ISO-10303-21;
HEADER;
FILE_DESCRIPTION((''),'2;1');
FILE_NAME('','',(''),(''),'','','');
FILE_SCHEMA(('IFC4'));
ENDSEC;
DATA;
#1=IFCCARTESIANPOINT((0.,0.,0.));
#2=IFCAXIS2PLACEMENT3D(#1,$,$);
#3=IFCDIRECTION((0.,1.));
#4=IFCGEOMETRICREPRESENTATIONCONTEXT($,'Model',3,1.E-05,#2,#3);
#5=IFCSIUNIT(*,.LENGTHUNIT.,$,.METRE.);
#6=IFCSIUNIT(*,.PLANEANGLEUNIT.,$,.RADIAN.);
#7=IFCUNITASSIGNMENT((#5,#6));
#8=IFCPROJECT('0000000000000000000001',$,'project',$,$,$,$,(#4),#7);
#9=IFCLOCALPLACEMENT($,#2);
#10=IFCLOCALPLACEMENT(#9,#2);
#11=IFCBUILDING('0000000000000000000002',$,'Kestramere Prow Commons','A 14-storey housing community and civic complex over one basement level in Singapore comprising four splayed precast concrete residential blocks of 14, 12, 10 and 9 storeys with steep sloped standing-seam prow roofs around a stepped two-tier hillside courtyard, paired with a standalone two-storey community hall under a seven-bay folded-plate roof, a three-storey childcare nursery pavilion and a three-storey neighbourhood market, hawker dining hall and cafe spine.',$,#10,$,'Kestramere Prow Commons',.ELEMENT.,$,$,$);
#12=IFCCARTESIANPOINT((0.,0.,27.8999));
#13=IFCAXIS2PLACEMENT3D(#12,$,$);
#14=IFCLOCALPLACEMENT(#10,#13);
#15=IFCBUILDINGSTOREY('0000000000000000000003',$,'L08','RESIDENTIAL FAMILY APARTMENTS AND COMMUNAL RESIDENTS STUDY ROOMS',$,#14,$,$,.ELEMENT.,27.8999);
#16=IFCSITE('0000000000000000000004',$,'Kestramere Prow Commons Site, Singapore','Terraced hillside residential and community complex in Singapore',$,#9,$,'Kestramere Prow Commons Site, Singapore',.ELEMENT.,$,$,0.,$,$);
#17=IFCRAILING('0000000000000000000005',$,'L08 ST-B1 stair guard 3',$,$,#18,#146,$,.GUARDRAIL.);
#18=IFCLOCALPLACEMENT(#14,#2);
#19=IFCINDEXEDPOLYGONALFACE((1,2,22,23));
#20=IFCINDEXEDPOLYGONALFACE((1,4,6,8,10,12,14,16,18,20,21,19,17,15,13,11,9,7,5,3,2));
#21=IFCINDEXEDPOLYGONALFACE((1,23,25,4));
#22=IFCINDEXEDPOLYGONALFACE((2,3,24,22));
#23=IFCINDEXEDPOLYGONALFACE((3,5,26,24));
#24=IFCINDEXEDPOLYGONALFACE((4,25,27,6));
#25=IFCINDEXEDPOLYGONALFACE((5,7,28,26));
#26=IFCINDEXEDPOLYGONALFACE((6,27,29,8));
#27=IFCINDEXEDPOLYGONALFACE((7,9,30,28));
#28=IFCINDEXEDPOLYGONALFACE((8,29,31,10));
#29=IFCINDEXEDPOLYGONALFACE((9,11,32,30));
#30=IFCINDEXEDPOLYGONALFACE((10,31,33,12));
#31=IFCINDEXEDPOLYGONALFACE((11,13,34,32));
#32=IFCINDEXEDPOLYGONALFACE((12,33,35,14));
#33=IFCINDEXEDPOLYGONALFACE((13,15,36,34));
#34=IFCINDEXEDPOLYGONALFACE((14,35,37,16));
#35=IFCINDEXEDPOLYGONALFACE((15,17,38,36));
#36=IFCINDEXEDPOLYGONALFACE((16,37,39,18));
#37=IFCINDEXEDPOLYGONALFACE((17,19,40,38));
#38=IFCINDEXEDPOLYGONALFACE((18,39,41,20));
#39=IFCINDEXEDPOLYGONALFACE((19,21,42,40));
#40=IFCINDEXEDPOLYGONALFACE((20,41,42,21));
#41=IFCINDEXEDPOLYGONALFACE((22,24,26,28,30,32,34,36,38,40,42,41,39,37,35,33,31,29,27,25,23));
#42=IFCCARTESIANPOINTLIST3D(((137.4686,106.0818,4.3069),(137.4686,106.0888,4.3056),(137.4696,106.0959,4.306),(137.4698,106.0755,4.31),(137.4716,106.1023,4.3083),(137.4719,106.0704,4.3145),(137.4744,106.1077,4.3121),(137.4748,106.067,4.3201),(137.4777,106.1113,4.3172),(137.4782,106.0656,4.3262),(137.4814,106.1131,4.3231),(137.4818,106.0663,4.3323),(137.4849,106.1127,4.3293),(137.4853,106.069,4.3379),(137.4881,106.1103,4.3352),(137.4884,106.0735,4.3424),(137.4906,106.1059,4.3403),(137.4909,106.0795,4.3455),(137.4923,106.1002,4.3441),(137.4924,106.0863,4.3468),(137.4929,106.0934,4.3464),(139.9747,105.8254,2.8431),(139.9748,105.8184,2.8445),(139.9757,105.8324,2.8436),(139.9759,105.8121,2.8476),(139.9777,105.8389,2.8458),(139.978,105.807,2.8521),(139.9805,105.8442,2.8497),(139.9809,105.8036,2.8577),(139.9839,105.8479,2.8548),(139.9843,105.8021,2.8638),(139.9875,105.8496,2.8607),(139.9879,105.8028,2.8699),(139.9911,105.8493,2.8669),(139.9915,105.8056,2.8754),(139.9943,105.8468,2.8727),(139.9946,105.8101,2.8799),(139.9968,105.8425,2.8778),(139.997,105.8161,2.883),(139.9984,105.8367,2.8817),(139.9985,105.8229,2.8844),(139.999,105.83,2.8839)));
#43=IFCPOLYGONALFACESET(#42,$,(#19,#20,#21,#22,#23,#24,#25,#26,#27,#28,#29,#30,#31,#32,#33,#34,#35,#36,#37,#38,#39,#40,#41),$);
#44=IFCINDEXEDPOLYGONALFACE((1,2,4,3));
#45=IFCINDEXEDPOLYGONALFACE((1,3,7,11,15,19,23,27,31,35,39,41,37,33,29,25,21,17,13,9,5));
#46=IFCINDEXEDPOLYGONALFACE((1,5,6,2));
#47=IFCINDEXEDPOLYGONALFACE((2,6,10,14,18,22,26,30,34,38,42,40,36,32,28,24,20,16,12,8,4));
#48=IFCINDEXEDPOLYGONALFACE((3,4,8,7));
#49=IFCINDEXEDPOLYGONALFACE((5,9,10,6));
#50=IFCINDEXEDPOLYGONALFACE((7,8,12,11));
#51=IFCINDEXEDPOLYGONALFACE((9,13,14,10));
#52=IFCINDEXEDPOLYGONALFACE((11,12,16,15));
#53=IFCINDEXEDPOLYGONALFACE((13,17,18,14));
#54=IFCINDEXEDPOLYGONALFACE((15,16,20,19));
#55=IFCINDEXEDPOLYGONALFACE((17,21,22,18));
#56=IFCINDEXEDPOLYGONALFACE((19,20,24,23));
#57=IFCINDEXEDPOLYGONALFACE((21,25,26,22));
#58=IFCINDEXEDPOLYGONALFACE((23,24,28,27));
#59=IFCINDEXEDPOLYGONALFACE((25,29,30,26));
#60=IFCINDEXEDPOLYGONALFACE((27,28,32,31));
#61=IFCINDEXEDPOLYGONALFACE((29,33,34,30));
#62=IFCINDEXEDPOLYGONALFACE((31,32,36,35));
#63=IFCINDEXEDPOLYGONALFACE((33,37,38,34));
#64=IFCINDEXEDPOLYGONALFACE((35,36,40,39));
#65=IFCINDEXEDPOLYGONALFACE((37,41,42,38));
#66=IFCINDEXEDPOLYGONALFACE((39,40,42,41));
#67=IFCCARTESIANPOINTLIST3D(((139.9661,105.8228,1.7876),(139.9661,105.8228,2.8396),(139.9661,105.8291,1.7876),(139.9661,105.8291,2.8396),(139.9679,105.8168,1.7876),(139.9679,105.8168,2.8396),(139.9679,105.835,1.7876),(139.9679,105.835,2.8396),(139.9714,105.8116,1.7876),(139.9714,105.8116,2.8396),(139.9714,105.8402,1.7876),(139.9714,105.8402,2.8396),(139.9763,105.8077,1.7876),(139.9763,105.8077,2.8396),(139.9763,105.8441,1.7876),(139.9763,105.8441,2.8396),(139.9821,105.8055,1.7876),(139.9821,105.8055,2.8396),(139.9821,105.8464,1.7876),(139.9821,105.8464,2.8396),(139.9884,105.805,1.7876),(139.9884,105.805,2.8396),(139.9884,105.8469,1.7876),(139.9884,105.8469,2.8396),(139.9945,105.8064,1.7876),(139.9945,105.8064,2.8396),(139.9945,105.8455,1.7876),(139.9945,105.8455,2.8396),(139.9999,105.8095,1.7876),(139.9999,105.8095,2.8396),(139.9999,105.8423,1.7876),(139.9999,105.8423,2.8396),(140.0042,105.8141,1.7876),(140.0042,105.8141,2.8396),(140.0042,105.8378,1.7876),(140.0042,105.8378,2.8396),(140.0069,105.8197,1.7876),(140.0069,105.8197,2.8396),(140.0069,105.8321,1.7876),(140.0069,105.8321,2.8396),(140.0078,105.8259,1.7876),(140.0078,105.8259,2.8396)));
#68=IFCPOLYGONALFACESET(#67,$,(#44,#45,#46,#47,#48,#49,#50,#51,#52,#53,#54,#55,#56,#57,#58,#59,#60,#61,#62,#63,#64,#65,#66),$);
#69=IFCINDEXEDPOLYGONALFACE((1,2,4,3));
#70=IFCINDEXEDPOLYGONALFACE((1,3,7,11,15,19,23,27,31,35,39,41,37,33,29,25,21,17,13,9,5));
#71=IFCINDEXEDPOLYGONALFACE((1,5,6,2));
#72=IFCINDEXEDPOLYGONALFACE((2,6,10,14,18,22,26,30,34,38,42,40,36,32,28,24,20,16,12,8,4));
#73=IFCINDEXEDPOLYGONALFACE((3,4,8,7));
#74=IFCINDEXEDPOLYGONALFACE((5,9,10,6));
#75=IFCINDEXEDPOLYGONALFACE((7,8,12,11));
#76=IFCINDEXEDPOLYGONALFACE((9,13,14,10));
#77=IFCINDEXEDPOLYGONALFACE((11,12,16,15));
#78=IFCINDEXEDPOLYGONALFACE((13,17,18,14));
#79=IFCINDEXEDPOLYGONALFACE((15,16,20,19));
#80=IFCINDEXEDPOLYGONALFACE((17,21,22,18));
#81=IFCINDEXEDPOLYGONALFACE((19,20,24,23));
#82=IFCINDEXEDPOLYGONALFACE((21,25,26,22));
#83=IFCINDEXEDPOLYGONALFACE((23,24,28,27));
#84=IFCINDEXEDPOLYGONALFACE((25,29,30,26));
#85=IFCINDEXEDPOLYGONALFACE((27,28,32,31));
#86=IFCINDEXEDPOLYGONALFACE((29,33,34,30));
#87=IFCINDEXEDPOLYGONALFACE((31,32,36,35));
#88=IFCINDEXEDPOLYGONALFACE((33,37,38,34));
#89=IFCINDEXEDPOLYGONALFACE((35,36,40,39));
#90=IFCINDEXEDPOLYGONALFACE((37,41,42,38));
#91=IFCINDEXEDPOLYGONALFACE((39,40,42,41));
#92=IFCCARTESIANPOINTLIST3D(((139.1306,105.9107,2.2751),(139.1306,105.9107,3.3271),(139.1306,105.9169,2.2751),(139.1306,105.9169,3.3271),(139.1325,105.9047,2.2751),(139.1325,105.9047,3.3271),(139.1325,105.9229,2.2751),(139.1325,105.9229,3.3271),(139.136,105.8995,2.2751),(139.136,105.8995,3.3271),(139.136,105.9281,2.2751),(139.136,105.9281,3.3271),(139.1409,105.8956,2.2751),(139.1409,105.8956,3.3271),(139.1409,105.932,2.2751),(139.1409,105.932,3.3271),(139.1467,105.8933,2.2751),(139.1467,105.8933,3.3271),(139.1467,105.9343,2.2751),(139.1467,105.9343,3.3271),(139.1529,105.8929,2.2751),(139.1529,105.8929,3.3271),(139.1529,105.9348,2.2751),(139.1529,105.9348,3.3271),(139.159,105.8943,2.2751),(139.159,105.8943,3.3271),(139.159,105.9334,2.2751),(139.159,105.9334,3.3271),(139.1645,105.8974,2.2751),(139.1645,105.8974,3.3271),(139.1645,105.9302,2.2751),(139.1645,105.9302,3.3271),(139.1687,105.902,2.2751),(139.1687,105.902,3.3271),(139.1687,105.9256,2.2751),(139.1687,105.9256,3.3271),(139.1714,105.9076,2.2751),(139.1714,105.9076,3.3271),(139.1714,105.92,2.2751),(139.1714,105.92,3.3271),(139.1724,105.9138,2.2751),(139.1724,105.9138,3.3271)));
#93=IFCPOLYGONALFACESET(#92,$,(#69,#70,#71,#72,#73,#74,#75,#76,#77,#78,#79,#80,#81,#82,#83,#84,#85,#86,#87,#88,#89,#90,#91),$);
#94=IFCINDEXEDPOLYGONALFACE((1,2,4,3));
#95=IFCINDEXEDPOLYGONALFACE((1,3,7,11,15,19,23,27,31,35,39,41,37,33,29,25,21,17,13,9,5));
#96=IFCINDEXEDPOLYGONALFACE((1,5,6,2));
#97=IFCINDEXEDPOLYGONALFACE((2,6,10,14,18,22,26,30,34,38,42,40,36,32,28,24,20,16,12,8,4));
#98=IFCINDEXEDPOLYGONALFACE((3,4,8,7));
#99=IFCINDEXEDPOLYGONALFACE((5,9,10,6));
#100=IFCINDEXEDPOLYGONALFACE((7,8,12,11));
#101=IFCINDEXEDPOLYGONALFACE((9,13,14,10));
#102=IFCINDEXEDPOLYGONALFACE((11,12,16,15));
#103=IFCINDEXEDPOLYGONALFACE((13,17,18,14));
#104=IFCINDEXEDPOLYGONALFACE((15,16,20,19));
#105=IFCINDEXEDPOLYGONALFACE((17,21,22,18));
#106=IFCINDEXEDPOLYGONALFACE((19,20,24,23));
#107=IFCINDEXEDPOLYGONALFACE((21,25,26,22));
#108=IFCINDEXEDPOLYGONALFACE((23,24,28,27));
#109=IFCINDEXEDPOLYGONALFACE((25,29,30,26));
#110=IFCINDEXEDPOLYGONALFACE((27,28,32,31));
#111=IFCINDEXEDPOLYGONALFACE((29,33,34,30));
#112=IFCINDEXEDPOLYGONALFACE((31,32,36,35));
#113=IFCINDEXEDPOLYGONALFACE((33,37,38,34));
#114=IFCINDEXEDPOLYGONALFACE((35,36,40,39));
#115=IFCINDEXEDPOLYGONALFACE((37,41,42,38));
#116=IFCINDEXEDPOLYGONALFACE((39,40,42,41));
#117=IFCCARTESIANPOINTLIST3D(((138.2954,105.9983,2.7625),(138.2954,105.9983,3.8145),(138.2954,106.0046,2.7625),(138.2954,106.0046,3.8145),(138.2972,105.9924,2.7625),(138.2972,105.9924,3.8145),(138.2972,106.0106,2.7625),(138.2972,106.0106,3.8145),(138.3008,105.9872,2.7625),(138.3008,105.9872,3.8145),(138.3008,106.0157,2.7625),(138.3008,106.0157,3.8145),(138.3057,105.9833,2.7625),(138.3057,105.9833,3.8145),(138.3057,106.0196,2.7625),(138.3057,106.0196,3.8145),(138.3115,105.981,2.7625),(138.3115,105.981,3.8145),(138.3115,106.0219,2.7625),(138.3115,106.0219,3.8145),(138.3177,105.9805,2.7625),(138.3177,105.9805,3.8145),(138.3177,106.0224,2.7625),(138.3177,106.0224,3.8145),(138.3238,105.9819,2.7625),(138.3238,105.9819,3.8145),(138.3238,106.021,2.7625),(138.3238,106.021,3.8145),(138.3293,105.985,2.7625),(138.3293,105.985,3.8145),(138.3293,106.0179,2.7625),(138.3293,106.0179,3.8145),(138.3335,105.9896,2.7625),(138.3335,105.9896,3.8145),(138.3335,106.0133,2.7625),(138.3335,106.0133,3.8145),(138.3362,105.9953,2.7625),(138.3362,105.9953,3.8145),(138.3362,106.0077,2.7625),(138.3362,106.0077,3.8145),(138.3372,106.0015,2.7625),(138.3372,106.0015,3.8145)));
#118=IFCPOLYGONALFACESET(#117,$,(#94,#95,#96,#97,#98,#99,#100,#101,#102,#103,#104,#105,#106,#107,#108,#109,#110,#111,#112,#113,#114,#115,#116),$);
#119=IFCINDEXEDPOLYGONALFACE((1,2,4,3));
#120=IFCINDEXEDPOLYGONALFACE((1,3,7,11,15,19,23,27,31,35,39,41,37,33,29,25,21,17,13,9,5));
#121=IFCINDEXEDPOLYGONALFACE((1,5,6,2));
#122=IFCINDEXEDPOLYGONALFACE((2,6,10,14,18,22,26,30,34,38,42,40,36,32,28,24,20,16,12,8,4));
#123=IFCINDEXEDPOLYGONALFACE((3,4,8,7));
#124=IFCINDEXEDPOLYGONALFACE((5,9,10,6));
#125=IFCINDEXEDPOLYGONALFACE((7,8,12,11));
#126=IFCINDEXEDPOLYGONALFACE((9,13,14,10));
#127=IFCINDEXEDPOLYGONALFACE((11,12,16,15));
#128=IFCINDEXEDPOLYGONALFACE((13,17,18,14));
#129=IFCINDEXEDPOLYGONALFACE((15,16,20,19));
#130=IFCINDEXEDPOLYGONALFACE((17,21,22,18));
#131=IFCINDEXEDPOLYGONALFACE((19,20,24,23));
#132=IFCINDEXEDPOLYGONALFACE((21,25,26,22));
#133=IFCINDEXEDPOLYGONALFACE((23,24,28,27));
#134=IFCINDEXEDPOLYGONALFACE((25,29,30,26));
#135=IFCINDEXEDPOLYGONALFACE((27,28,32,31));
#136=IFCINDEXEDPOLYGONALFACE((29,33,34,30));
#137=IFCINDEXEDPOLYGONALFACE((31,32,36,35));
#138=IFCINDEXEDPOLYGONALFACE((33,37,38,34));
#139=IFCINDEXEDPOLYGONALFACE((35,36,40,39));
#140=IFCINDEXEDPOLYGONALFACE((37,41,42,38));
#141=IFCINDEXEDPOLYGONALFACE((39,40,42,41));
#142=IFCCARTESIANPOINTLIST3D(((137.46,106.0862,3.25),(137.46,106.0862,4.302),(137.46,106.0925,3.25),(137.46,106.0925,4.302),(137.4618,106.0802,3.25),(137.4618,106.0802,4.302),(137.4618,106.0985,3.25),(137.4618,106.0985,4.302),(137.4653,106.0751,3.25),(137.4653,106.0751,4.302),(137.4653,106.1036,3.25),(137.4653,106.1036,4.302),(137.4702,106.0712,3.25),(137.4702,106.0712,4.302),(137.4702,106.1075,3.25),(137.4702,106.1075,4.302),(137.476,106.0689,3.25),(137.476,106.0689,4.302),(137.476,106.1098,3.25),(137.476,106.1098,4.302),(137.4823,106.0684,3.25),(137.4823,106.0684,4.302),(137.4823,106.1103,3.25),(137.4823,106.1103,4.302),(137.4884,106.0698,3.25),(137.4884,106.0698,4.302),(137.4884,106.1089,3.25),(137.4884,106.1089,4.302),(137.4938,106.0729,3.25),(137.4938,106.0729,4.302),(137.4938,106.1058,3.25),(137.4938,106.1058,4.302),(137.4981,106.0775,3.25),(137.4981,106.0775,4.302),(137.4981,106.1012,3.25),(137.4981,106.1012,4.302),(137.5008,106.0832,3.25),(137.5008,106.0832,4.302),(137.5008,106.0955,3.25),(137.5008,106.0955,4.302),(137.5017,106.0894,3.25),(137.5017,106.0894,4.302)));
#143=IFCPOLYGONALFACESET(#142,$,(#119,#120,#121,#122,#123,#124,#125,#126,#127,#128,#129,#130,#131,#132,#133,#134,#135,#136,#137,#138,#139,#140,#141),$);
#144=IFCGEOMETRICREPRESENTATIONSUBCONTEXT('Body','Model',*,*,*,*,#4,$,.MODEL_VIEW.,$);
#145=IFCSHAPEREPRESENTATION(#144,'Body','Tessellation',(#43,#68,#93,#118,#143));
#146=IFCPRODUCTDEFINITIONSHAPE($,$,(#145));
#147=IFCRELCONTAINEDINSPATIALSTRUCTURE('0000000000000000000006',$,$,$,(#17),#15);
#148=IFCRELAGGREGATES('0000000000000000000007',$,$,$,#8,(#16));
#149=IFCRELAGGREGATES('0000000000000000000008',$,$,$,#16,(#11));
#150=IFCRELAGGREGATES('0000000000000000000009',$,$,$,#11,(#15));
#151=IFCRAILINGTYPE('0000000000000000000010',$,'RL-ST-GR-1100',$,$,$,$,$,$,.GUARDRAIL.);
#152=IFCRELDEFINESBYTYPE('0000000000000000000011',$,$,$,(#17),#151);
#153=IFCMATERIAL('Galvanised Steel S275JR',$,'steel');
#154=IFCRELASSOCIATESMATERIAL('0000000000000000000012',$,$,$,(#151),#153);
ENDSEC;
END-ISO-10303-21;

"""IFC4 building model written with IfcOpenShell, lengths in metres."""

from ifc_helpers import new_model, si_unit, direction, frame, origin, origin_2d, place, context, subcontext, project, spatial, circle, extrude, material, type_object, element, save


model = new_model("IFC4")

# Units and contexts
model_context = context("Model", 3, precision=1e-05, world=origin(), true_north=direction((0.0, 1.0)))
body_context = subcontext(model_context, "Body", "Model", "MODEL_VIEW")
ifc_project = project(units=[si_unit("LENGTHUNIT", "METRE"), si_unit("PLANEANGLEUNIT", "RADIAN")], contexts=[model_context])

# Site, building, storey
site_placement = place(None, origin())
site = spatial("IfcSite", under=ifc_project, at=site_placement, Name="Kestramere Prow Commons Site, Singapore", Description="Terraced hillside residential and community complex in Singapore", LongName="Kestramere Prow Commons Site, Singapore", CompositionType="ELEMENT", RefElevation=0.0)
building_placement = place(site_placement, origin())
building = spatial("IfcBuilding", under=site, at=building_placement, Name="Kestramere Prow Commons", Description="A 14-storey housing community and civic complex over one basement level in Singapore comprising four splayed precast concrete residential blocks of 14, 12, 10 and 9 storeys with steep sloped standing-seam prow roofs around a stepped two-tier hillside courtyard, paired with a standalone two-storey community hall under a seven-bay folded-plate roof, a three-storey childcare nursery pavilion and a three-storey neighbourhood market, hawker dining hall and cafe spine.", LongName="Kestramere Prow Commons", CompositionType="ELEMENT")
storey_placement = place(building_placement, frame((0.0, 0.0, 27.8999)))
storey = spatial("IfcBuildingStorey", under=building, at=storey_placement, Name="L08", Description="RESIDENTIAL FAMILY APARTMENTS AND COMMUNAL RESIDENTS STUDY ROOMS", CompositionType="ELEMENT", Elevation=27.8999)

# Railing
ifc_material_1 = material(Name="Galvanised Steel S275JR", Category="steel")
railing_type_1 = type_object("IfcRailingType", Name="RL-ST-GR-1100", PredefinedType="GUARDRAIL", material=ifc_material_1)
railing_1_placement = place(storey_placement, frame((139.9868, 105.8259, 1.7876)))
element("IfcRailing", 1, at=railing_1_placement, inside=storey, type_object=railing_type_1, Name="L08 ST-B1 stair guard 3", PredefinedType="GUARDRAIL", context=body_context, shape_type="SweptSolid", body=[
    extrude(circle(Radius=0.0239, at=origin_2d()), frame((0.0, 0.0, 1.0762), z_axis=(-0.860165, 0.090416, 0.501937), x_axis=(-0.104539, -0.994521, 0.0)), (0.0, 0.0, 1.0), 2.9136),
    extrude(circle(Radius=0.021, at=origin_2d()), origin(), (0.0, 0.0, 1.0), 1.052),
    extrude(circle(Radius=0.021, at=origin_2d()), frame((-0.8354, 0.0879, 0.4875)), (0.0, 0.0, 1.0), 1.052),
    extrude(circle(Radius=0.021, at=origin_2d()), frame((-1.6707, 0.1755, 0.9749)), (0.0, 0.0, 1.0), 1.052),
    extrude(circle(Radius=0.021, at=origin_2d()), frame((-2.5061, 0.2634, 1.4624)), (0.0, 0.0, 1.0), 1.052),
])

save(model, "model.ifc")
